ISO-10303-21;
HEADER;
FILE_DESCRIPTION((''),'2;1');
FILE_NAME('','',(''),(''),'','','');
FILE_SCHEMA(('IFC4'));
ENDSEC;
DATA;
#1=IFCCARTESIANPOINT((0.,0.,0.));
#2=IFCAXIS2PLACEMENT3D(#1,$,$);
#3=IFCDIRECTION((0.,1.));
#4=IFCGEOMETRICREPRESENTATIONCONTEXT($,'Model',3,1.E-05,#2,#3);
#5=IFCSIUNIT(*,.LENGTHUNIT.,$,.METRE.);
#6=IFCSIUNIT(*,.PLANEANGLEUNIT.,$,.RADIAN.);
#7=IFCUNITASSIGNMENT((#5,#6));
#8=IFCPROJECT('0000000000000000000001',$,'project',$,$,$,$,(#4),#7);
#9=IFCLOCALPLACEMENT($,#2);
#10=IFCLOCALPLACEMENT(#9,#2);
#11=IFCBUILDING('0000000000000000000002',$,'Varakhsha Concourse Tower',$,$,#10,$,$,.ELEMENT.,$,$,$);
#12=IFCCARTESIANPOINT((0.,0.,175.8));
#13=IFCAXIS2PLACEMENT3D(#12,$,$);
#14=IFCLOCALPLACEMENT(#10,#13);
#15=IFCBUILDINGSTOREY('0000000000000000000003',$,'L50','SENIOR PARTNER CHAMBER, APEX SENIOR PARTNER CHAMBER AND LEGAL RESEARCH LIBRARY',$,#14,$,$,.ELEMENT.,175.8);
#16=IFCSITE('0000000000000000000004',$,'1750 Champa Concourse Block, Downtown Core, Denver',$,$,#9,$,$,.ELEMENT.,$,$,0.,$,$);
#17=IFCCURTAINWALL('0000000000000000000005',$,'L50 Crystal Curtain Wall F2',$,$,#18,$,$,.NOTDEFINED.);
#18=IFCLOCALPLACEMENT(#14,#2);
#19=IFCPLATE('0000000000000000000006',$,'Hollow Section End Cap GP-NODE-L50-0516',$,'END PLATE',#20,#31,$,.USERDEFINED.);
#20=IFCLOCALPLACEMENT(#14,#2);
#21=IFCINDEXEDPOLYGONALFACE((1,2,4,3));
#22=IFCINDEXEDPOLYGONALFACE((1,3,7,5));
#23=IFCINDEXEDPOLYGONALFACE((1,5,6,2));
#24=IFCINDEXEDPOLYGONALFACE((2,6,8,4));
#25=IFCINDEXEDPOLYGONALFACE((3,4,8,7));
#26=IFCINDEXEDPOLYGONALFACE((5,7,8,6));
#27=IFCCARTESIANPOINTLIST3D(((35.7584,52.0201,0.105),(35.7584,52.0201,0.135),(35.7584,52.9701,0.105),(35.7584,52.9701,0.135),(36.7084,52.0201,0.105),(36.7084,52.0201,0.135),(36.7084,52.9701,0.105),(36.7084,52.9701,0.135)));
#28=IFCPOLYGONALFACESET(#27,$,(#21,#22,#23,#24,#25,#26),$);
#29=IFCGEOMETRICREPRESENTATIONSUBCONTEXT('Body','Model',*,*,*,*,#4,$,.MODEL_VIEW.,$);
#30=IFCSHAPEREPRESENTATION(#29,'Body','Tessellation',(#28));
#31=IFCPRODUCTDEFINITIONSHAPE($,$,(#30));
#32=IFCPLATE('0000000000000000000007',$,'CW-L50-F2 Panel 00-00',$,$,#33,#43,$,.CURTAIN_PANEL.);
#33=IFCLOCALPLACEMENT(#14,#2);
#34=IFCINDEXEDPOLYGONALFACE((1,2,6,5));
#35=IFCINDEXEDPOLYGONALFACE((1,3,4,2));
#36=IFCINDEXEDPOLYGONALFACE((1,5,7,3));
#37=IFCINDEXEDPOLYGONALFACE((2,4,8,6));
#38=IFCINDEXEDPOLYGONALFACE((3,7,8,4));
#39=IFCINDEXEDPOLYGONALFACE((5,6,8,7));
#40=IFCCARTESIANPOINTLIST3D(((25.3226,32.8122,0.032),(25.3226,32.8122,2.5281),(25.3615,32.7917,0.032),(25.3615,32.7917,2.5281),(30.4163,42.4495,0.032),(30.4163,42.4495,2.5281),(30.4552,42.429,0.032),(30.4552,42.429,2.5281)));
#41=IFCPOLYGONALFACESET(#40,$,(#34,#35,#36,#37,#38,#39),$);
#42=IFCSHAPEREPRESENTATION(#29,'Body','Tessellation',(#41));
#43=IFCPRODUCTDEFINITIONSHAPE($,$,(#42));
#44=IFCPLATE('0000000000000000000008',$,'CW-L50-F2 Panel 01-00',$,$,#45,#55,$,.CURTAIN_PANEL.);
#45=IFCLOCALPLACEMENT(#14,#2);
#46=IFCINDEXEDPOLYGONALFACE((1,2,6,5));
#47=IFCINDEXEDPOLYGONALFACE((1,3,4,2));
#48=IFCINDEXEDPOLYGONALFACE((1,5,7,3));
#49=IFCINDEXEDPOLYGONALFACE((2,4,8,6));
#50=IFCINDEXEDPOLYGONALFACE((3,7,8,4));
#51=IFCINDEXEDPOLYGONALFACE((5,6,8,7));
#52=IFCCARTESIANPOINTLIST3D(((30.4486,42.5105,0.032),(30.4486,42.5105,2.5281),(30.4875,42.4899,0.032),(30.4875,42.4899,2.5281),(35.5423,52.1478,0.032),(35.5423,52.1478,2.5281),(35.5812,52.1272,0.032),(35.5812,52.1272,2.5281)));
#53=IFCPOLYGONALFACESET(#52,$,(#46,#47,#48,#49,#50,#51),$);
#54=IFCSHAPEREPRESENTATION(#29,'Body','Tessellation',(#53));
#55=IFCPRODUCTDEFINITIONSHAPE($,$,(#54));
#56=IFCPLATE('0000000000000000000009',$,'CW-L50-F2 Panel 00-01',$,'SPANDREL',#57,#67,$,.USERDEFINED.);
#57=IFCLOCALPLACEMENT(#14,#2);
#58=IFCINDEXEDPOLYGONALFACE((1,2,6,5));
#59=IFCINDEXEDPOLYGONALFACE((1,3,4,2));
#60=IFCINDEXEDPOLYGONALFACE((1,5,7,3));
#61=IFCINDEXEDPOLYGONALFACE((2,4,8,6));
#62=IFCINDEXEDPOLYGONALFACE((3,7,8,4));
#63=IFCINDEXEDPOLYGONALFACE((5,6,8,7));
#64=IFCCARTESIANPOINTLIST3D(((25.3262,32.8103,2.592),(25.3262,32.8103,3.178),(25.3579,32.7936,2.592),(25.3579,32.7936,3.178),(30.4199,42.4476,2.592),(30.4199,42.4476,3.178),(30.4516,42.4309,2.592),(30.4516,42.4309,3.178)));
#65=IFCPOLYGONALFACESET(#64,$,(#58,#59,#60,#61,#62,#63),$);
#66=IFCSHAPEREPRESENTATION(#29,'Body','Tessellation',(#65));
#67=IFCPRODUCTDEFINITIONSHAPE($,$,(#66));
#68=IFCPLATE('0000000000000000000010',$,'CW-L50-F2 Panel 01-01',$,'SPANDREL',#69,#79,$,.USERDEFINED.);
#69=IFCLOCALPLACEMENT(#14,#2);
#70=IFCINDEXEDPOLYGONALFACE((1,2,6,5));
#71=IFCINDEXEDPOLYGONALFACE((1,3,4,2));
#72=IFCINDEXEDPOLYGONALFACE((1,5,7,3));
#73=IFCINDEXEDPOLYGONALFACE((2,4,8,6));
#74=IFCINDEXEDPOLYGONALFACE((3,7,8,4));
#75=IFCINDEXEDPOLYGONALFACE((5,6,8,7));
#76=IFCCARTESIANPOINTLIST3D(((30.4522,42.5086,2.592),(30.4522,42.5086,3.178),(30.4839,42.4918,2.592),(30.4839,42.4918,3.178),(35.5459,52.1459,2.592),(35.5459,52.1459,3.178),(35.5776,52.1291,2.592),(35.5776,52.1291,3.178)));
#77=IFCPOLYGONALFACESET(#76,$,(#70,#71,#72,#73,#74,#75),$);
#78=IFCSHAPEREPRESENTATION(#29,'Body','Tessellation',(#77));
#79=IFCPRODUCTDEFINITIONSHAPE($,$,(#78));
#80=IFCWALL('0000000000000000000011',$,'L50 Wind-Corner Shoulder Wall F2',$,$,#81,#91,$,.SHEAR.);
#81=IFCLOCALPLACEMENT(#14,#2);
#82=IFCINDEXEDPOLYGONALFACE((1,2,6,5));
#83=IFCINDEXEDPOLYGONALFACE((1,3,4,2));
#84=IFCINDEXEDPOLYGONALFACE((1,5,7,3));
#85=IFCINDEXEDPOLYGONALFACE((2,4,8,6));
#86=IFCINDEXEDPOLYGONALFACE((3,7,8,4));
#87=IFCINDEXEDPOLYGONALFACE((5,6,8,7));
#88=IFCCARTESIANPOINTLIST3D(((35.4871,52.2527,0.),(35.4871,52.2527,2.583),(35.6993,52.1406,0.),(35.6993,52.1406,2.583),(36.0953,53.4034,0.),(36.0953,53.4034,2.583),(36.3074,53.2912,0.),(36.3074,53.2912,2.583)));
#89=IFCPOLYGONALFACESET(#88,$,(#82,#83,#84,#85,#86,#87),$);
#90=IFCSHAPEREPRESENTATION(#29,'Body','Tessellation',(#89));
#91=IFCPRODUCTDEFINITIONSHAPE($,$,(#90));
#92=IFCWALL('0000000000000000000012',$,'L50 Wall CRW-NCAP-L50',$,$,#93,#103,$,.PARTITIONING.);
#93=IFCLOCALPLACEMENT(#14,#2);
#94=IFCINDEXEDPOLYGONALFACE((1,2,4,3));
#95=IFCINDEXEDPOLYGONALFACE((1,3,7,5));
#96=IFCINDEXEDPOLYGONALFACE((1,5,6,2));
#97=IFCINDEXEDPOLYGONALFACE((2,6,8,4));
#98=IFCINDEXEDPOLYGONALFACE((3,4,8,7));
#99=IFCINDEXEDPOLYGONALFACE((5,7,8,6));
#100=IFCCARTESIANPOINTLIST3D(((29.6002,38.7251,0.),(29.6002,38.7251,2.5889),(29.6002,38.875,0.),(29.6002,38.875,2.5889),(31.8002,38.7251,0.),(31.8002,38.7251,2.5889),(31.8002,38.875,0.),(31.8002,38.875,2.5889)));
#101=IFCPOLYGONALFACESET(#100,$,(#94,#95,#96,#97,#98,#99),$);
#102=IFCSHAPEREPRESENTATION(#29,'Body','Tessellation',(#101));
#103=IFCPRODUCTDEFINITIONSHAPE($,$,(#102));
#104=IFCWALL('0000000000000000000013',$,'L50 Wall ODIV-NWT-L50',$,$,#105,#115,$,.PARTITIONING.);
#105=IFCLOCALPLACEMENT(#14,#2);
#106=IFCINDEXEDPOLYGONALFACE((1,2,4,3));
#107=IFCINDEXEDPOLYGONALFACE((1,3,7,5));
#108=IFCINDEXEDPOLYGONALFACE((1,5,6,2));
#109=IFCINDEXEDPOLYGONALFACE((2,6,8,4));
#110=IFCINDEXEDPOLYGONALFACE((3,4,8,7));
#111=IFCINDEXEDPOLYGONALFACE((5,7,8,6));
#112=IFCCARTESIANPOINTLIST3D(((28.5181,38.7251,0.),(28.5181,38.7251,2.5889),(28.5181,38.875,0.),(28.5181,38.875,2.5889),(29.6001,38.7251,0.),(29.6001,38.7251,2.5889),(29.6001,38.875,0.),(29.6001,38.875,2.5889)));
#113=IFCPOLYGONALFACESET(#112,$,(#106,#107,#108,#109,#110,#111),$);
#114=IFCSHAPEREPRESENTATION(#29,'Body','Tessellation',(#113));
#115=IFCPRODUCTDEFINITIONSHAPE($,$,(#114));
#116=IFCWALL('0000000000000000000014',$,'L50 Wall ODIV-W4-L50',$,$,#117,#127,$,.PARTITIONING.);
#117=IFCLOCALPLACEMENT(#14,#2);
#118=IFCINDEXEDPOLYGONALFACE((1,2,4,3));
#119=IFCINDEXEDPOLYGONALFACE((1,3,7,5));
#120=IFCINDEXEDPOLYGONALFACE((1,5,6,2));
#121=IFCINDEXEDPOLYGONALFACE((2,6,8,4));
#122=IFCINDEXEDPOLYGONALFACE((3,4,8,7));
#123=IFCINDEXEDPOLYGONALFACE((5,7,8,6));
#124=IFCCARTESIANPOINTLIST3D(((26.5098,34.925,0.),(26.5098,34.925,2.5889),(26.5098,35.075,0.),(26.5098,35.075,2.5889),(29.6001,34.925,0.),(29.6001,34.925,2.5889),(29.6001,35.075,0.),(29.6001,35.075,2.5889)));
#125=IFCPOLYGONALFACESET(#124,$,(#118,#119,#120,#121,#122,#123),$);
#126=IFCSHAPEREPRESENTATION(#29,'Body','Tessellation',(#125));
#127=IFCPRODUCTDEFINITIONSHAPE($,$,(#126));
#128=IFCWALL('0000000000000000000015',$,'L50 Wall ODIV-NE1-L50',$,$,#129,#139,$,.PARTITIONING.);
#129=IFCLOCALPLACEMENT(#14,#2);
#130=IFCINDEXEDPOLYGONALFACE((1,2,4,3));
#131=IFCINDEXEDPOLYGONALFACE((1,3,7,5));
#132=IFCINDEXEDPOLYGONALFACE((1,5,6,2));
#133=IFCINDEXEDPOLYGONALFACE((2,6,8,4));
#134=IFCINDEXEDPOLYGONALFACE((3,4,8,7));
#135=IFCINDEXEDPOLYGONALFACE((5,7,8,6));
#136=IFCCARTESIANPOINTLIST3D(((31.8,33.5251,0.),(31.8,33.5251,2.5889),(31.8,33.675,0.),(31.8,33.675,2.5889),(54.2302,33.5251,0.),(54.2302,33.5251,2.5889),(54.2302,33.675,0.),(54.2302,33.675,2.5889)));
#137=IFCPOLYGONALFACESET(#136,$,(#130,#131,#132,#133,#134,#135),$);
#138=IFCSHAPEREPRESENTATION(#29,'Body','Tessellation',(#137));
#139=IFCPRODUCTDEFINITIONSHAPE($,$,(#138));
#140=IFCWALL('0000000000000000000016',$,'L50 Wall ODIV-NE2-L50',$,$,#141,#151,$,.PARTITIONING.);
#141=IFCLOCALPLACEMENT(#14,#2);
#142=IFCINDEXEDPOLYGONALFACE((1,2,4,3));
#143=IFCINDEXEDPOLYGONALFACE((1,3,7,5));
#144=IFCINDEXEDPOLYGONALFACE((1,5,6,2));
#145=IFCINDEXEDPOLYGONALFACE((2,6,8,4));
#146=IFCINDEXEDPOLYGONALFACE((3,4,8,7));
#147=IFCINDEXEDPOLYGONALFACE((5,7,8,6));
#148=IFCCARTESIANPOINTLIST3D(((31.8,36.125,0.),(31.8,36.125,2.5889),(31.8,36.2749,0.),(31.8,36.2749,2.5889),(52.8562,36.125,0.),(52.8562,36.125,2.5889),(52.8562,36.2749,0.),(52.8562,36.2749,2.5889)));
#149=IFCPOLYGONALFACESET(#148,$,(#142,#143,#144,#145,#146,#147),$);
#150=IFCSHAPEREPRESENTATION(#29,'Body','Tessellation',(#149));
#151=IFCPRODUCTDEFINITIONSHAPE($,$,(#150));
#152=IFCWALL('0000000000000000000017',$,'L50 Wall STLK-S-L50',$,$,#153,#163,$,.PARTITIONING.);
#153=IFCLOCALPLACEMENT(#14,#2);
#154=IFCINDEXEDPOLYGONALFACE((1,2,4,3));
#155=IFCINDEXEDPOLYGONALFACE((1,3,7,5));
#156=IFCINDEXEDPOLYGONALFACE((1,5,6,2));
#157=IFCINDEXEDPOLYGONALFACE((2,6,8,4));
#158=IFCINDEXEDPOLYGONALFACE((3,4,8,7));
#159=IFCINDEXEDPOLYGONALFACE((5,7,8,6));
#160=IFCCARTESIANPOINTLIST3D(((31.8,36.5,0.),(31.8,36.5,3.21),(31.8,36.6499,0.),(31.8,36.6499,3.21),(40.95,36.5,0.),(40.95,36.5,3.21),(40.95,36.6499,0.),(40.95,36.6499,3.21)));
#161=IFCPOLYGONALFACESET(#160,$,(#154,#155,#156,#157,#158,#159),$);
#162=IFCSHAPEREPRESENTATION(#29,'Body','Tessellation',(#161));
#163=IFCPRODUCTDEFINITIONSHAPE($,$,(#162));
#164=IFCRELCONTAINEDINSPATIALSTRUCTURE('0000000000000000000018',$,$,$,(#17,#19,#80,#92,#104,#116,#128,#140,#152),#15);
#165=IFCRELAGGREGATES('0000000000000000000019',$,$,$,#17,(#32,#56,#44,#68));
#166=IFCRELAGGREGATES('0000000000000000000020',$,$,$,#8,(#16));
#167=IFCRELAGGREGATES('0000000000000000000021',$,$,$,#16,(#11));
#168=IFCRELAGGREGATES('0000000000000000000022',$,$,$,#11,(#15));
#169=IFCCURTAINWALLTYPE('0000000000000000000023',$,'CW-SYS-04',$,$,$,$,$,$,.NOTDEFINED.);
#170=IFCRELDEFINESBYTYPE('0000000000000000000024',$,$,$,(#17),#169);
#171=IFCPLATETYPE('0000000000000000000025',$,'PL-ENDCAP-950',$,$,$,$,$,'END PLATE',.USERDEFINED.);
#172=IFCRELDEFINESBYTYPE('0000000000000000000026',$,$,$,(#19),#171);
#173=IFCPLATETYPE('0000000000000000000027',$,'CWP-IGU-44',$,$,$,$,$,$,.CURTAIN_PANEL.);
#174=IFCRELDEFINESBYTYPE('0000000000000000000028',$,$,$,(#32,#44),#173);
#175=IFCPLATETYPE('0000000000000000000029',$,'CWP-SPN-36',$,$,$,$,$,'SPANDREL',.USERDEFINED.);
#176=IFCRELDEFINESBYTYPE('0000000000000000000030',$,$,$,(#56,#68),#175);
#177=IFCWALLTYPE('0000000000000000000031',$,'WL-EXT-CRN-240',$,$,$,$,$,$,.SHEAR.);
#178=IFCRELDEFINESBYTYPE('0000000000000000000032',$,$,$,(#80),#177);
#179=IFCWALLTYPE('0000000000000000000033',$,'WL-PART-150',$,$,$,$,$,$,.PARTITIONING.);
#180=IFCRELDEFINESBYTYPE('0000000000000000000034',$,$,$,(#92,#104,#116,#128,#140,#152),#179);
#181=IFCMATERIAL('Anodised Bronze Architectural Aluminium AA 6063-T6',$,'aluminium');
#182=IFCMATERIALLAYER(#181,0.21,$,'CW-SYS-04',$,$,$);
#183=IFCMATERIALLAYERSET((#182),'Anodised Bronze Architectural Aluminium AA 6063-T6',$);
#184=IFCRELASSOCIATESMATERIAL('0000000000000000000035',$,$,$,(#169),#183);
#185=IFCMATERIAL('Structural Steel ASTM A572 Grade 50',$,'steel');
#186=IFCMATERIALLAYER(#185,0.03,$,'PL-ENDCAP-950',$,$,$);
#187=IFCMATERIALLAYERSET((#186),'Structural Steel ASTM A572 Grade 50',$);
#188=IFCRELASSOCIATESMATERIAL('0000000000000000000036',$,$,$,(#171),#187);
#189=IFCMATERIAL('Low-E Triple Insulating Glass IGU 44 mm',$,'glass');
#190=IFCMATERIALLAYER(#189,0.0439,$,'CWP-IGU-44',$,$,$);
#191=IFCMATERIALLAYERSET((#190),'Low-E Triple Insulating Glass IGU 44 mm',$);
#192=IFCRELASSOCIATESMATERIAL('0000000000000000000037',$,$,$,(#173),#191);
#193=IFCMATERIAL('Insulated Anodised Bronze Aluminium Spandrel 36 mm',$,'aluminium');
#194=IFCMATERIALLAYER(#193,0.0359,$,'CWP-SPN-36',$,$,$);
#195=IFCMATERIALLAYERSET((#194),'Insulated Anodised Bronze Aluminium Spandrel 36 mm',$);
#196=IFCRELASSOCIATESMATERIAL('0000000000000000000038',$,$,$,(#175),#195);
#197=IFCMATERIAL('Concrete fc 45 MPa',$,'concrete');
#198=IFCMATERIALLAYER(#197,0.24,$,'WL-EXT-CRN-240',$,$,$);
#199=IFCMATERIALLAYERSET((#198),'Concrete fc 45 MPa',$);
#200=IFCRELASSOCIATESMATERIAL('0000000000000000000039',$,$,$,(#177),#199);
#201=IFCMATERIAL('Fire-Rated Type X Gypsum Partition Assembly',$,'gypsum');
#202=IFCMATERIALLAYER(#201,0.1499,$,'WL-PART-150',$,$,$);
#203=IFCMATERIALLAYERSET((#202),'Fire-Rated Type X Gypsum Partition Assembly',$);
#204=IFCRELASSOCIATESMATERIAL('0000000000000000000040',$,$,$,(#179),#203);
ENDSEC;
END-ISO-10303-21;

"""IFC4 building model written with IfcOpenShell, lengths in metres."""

from ifc_helpers import new_model, si_unit, direction, frame, frame_2d, origin, origin_2d, place, context, subcontext, project, spatial, rectangle, extrude, source, transform, mapped, material, layer, layer_set, type_object, type_shapes, element, aggregate, save


model = new_model("IFC4")

# Units and contexts
model_context = context("Model", 3, precision=1e-05, world=origin(), true_north=direction((0.0, 1.0)))
body_context = subcontext(model_context, "Body", "Model", "MODEL_VIEW")
ifc_project = project(units=[si_unit("LENGTHUNIT", "METRE"), si_unit("PLANEANGLEUNIT", "RADIAN")], contexts=[model_context])

# Site, building, storey
site_placement = place(None, origin())
site = spatial("IfcSite", under=ifc_project, at=site_placement, Name="1750 Champa Concourse Block, Downtown Core, Denver", CompositionType="ELEMENT", RefElevation=0.0)
building_placement = place(site_placement, origin())
building = spatial("IfcBuilding", under=site, at=building_placement, Name="Varakhsha Concourse Tower", CompositionType="ELEMENT")
storey_placement = place(building_placement, frame((0.0, 0.0, 175.8)))
storey = spatial("IfcBuildingStorey", under=building, at=storey_placement, Name="L50", Description="SENIOR PARTNER CHAMBER, APEX SENIOR PARTNER CHAMBER AND LEGAL RESEARCH LIBRARY", CompositionType="ELEMENT", Elevation=175.8)

# Shared definitions
ifc_material_1 = material(Name="Structural Steel ASTM A572 Grade 50", Category="steel")

# Curtain wall
ifc_material_2 = material(Name="Anodised Bronze Architectural Aluminium AA 6063-T6", Category="aluminium")
ifc_layer_1 = layer(ifc_material_2, 0.21, Name="CW-SYS-04")
ifc_layer_set_1 = layer_set([ifc_layer_1], Name="Anodised Bronze Architectural Aluminium AA 6063-T6")
curtain_wall_type = type_object("IfcCurtainWallType", Name="CW-SYS-04", PredefinedType="NOTDEFINED", material=ifc_layer_set_1)
curtain_wall_1_placement = place(storey_placement, origin())
curtain_wall_1 = element("IfcCurtainWall", 1, at=curtain_wall_1_placement, inside=storey, type_object=curtain_wall_type, Name="L50 Crystal Curtain Wall F2", PredefinedType="NOTDEFINED")

# Plates
ifc_layer_2 = layer(ifc_material_1, 0.03, Name="PL-ENDCAP-950")
ifc_layer_set_2 = layer_set([ifc_layer_2], Name="Structural Steel ASTM A572 Grade 50")
plate_type_1 = type_object("IfcPlateType", Name="PL-ENDCAP-950", ElementType="END PLATE", PredefinedType="USERDEFINED", material=ifc_layer_set_2)
shared_shape_1 = source(origin(), body_context, "Body", "SweptSolid", [
    extrude(rectangle(XDim=0.95, YDim=0.95, at=origin_2d()), origin(), (0.0, 0.0, 1.0), 0.03),
])
type_shapes(plate_type_1, [shared_shape_1])
plate_1_placement = place(storey_placement, frame((36.2334, 52.4951, 0.105), z_axis=(0.0, 0.0, 1.0), x_axis=(1.0, 0.0, 0.0)))
element("IfcPlate", 2, at=plate_1_placement, inside=storey, type_object=plate_type_1, Name="Hollow Section End Cap GP-NODE-L50-0516", ObjectType="END PLATE", PredefinedType="USERDEFINED", context=body_context, shape_type="MappedRepresentation", body=[
    mapped(shared_shape_1, transform((0.0, 0.0, 0.0), scale=1.0)),
])
ifc_material_3 = material(Name="Low-E Triple Insulating Glass IGU 44 mm", Category="glass")
ifc_layer_3 = layer(ifc_material_3, 0.0439, Name="CWP-IGU-44")
ifc_layer_set_3 = layer_set([ifc_layer_3], Name="Low-E Triple Insulating Glass IGU 44 mm")
plate_type_2 = type_object("IfcPlateType", Name="CWP-IGU-44", PredefinedType="CURTAIN_PANEL", material=ifc_layer_set_3)
shared_shape_2 = source(origin(), body_context, "Body", "SweptSolid", [
    extrude(rectangle(XDim=10.9006, YDim=0.0439, at=origin_2d()), origin(), (0.0, 0.0, 1.0), 2.4961),
])
type_shapes(plate_type_2, [shared_shape_2])
plate_2_placement = place(storey_placement, frame((27.8889, 37.6206, 0.032), z_axis=(0.0, 0.0, 1.0), x_axis=(0.467286, 0.884106, 0.0)))
plate_2 = element("IfcPlate", 3, at=plate_2_placement, type_object=plate_type_2, Name="CW-L50-F2 Panel 00-00", PredefinedType="CURTAIN_PANEL", context=body_context, shape_type="MappedRepresentation", body=[
    mapped(shared_shape_2, transform((0.0, 0.0, 0.0), scale=1.0)),
])
plate_3_placement = place(storey_placement, frame((33.0149, 47.3188, 0.032), z_axis=(0.0, 0.0, 1.0), x_axis=(0.467286, 0.884106, 0.0)))
plate_3 = element("IfcPlate", 4, at=plate_3_placement, type_object=plate_type_2, Name="CW-L50-F2 Panel 01-00", PredefinedType="CURTAIN_PANEL", context=body_context, shape_type="MappedRepresentation", body=[
    mapped(shared_shape_2, transform((0.0, 0.0, 0.0), scale=1.0)),
])
ifc_material_4 = material(Name="Insulated Anodised Bronze Aluminium Spandrel 36 mm", Category="aluminium")
ifc_layer_4 = layer(ifc_material_4, 0.0359, Name="CWP-SPN-36")
ifc_layer_set_4 = layer_set([ifc_layer_4], Name="Insulated Anodised Bronze Aluminium Spandrel 36 mm")
plate_type_3 = type_object("IfcPlateType", Name="CWP-SPN-36", ElementType="SPANDREL", PredefinedType="USERDEFINED", material=ifc_layer_set_4)
shared_shape_3 = source(origin(), body_context, "Body", "SweptSolid", [
    extrude(rectangle(XDim=10.9006, YDim=0.0359, at=origin_2d()), origin(), (0.0, 0.0, 1.0), 0.5859),
])
type_shapes(plate_type_3, [shared_shape_3])
plate_4_placement = place(storey_placement, frame((27.8889, 37.6206, 2.592), z_axis=(0.0, 0.0, 1.0), x_axis=(0.467286, 0.884106, 0.0)))
plate_4 = element("IfcPlate", 5, at=plate_4_placement, type_object=plate_type_3, Name="CW-L50-F2 Panel 00-01", ObjectType="SPANDREL", PredefinedType="USERDEFINED", context=body_context, shape_type="MappedRepresentation", body=[
    mapped(shared_shape_3, transform((0.0, 0.0, 0.0), scale=1.0)),
])
plate_5_placement = place(storey_placement, frame((33.0149, 47.3188, 2.592), z_axis=(0.0, 0.0, 1.0), x_axis=(0.467286, 0.884106, 0.0)))
plate_5 = element("IfcPlate", 6, at=plate_5_placement, type_object=plate_type_3, Name="CW-L50-F2 Panel 01-01", ObjectType="SPANDREL", PredefinedType="USERDEFINED", context=body_context, shape_type="MappedRepresentation", body=[
    mapped(shared_shape_3, transform((0.0, 0.0, 0.0), scale=1.0)),
])
aggregate(curtain_wall_1, [plate_2, plate_4, plate_3, plate_5])

# Walls
ifc_material_5 = material(Name="Concrete fc 45 MPa", Category="concrete")
ifc_layer_5 = layer(ifc_material_5, 0.24, Name="WL-EXT-CRN-240")
ifc_layer_set_5 = layer_set([ifc_layer_5], Name="Concrete fc 45 MPa")
wall_type_1 = type_object("IfcWallType", Name="WL-EXT-CRN-240", PredefinedType="SHEAR", material=ifc_layer_set_5)
wall_1_placement = place(storey_placement, frame((36.2014, 53.3474, 0.0), z_axis=(0.0, 0.0, 1.0), x_axis=(-0.467284, -0.884107, 0.0)))
element("IfcWall", 7, at=wall_1_placement, inside=storey, type_object=wall_type_1, Name="L50 Wind-Corner Shoulder Wall F2", PredefinedType="SHEAR", context=body_context, shape_type="SweptSolid", body=[
    extrude(rectangle(XDim=1.3015, YDim=0.24, at=frame_2d((0.6509, 0.0))), origin(), (0.0, 0.0, 1.0), 2.583),
])
ifc_material_6 = material(Name="Fire-Rated Type X Gypsum Partition Assembly", Category="gypsum")
ifc_layer_6 = layer(ifc_material_6, 0.1499, Name="WL-PART-150")
ifc_layer_set_6 = layer_set([ifc_layer_6], Name="Fire-Rated Type X Gypsum Partition Assembly")
wall_type_2 = type_object("IfcWallType", Name="WL-PART-150", PredefinedType="PARTITIONING", material=ifc_layer_set_6)
wall_2_placement = place(storey_placement, frame((29.6001, 38.8, 0.0), z_axis=(0.0, 0.0, 1.0), x_axis=(1.0, 0.0, 0.0)))
element("IfcWall", 8, at=wall_2_placement, inside=storey, type_object=wall_type_2, Name="L50 Wall CRW-NCAP-L50", PredefinedType="PARTITIONING", context=body_context, shape_type="SweptSolid", body=[
    extrude(rectangle(XDim=2.2, YDim=0.1499, at=frame_2d((1.1001, 0.0))), origin(), (0.0, 0.0, 1.0), 2.5889),
])
wall_3_placement = place(storey_placement, frame((28.5181, 38.8, 0.0), z_axis=(0.0, 0.0, 1.0), x_axis=(1.0, 0.0, 0.0)))
element("IfcWall", 9, at=wall_3_placement, inside=storey, type_object=wall_type_2, Name="L50 Wall ODIV-NWT-L50", PredefinedType="PARTITIONING", context=body_context, shape_type="SweptSolid", body=[
    extrude(rectangle(XDim=1.082, YDim=0.1499, at=frame_2d((0.541, 0.0))), origin(), (0.0, 0.0, 1.0), 2.5889),
])
wall_4_placement = place(storey_placement, frame((26.5098, 35.0, 0.0), z_axis=(0.0, 0.0, 1.0), x_axis=(1.0, 0.0, 0.0)))
element("IfcWall", 10, at=wall_4_placement, inside=storey, type_object=wall_type_2, Name="L50 Wall ODIV-W4-L50", PredefinedType="PARTITIONING", context=body_context, shape_type="SweptSolid", body=[
    extrude(rectangle(XDim=3.0903, YDim=0.1499, at=frame_2d((1.5452, 0.0))), origin(), (0.0, 0.0, 1.0), 2.5889),
])
wall_5_placement = place(storey_placement, frame((31.8, 33.6001, 0.0), z_axis=(0.0, 0.0, 1.0), x_axis=(1.0, 0.0, 0.0)))
element("IfcWall", 11, at=wall_5_placement, inside=storey, type_object=wall_type_2, Name="L50 Wall ODIV-NE1-L50", PredefinedType="PARTITIONING", context=body_context, shape_type="SweptSolid", body=[
    extrude(rectangle(XDim=22.4302, YDim=0.1499, at=frame_2d((11.2151, 0.0))), origin(), (0.0, 0.0, 1.0), 2.5889),
])
wall_6_placement = place(storey_placement, frame((31.8, 36.2, 0.0), z_axis=(0.0, 0.0, 1.0), x_axis=(1.0, 0.0, 0.0)))
element("IfcWall", 12, at=wall_6_placement, inside=storey, type_object=wall_type_2, Name="L50 Wall ODIV-NE2-L50", PredefinedType="PARTITIONING", context=body_context, shape_type="SweptSolid", body=[
    extrude(rectangle(XDim=21.0562, YDim=0.1499, at=frame_2d((10.5281, 0.0))), origin(), (0.0, 0.0, 1.0), 2.5889),
])
wall_7_placement = place(storey_placement, frame((31.8, 36.575, 0.0), z_axis=(0.0, 0.0, 1.0), x_axis=(1.0, 0.0, 0.0)))
element("IfcWall", 13, at=wall_7_placement, inside=storey, type_object=wall_type_2, Name="L50 Wall STLK-S-L50", PredefinedType="PARTITIONING", context=body_context, shape_type="SweptSolid", body=[
    extrude(rectangle(XDim=9.1499, YDim=0.1499, at=frame_2d((4.575, 0.0))), origin(), (0.0, 0.0, 1.0), 3.21),
])

save(model, "model.ifc")
